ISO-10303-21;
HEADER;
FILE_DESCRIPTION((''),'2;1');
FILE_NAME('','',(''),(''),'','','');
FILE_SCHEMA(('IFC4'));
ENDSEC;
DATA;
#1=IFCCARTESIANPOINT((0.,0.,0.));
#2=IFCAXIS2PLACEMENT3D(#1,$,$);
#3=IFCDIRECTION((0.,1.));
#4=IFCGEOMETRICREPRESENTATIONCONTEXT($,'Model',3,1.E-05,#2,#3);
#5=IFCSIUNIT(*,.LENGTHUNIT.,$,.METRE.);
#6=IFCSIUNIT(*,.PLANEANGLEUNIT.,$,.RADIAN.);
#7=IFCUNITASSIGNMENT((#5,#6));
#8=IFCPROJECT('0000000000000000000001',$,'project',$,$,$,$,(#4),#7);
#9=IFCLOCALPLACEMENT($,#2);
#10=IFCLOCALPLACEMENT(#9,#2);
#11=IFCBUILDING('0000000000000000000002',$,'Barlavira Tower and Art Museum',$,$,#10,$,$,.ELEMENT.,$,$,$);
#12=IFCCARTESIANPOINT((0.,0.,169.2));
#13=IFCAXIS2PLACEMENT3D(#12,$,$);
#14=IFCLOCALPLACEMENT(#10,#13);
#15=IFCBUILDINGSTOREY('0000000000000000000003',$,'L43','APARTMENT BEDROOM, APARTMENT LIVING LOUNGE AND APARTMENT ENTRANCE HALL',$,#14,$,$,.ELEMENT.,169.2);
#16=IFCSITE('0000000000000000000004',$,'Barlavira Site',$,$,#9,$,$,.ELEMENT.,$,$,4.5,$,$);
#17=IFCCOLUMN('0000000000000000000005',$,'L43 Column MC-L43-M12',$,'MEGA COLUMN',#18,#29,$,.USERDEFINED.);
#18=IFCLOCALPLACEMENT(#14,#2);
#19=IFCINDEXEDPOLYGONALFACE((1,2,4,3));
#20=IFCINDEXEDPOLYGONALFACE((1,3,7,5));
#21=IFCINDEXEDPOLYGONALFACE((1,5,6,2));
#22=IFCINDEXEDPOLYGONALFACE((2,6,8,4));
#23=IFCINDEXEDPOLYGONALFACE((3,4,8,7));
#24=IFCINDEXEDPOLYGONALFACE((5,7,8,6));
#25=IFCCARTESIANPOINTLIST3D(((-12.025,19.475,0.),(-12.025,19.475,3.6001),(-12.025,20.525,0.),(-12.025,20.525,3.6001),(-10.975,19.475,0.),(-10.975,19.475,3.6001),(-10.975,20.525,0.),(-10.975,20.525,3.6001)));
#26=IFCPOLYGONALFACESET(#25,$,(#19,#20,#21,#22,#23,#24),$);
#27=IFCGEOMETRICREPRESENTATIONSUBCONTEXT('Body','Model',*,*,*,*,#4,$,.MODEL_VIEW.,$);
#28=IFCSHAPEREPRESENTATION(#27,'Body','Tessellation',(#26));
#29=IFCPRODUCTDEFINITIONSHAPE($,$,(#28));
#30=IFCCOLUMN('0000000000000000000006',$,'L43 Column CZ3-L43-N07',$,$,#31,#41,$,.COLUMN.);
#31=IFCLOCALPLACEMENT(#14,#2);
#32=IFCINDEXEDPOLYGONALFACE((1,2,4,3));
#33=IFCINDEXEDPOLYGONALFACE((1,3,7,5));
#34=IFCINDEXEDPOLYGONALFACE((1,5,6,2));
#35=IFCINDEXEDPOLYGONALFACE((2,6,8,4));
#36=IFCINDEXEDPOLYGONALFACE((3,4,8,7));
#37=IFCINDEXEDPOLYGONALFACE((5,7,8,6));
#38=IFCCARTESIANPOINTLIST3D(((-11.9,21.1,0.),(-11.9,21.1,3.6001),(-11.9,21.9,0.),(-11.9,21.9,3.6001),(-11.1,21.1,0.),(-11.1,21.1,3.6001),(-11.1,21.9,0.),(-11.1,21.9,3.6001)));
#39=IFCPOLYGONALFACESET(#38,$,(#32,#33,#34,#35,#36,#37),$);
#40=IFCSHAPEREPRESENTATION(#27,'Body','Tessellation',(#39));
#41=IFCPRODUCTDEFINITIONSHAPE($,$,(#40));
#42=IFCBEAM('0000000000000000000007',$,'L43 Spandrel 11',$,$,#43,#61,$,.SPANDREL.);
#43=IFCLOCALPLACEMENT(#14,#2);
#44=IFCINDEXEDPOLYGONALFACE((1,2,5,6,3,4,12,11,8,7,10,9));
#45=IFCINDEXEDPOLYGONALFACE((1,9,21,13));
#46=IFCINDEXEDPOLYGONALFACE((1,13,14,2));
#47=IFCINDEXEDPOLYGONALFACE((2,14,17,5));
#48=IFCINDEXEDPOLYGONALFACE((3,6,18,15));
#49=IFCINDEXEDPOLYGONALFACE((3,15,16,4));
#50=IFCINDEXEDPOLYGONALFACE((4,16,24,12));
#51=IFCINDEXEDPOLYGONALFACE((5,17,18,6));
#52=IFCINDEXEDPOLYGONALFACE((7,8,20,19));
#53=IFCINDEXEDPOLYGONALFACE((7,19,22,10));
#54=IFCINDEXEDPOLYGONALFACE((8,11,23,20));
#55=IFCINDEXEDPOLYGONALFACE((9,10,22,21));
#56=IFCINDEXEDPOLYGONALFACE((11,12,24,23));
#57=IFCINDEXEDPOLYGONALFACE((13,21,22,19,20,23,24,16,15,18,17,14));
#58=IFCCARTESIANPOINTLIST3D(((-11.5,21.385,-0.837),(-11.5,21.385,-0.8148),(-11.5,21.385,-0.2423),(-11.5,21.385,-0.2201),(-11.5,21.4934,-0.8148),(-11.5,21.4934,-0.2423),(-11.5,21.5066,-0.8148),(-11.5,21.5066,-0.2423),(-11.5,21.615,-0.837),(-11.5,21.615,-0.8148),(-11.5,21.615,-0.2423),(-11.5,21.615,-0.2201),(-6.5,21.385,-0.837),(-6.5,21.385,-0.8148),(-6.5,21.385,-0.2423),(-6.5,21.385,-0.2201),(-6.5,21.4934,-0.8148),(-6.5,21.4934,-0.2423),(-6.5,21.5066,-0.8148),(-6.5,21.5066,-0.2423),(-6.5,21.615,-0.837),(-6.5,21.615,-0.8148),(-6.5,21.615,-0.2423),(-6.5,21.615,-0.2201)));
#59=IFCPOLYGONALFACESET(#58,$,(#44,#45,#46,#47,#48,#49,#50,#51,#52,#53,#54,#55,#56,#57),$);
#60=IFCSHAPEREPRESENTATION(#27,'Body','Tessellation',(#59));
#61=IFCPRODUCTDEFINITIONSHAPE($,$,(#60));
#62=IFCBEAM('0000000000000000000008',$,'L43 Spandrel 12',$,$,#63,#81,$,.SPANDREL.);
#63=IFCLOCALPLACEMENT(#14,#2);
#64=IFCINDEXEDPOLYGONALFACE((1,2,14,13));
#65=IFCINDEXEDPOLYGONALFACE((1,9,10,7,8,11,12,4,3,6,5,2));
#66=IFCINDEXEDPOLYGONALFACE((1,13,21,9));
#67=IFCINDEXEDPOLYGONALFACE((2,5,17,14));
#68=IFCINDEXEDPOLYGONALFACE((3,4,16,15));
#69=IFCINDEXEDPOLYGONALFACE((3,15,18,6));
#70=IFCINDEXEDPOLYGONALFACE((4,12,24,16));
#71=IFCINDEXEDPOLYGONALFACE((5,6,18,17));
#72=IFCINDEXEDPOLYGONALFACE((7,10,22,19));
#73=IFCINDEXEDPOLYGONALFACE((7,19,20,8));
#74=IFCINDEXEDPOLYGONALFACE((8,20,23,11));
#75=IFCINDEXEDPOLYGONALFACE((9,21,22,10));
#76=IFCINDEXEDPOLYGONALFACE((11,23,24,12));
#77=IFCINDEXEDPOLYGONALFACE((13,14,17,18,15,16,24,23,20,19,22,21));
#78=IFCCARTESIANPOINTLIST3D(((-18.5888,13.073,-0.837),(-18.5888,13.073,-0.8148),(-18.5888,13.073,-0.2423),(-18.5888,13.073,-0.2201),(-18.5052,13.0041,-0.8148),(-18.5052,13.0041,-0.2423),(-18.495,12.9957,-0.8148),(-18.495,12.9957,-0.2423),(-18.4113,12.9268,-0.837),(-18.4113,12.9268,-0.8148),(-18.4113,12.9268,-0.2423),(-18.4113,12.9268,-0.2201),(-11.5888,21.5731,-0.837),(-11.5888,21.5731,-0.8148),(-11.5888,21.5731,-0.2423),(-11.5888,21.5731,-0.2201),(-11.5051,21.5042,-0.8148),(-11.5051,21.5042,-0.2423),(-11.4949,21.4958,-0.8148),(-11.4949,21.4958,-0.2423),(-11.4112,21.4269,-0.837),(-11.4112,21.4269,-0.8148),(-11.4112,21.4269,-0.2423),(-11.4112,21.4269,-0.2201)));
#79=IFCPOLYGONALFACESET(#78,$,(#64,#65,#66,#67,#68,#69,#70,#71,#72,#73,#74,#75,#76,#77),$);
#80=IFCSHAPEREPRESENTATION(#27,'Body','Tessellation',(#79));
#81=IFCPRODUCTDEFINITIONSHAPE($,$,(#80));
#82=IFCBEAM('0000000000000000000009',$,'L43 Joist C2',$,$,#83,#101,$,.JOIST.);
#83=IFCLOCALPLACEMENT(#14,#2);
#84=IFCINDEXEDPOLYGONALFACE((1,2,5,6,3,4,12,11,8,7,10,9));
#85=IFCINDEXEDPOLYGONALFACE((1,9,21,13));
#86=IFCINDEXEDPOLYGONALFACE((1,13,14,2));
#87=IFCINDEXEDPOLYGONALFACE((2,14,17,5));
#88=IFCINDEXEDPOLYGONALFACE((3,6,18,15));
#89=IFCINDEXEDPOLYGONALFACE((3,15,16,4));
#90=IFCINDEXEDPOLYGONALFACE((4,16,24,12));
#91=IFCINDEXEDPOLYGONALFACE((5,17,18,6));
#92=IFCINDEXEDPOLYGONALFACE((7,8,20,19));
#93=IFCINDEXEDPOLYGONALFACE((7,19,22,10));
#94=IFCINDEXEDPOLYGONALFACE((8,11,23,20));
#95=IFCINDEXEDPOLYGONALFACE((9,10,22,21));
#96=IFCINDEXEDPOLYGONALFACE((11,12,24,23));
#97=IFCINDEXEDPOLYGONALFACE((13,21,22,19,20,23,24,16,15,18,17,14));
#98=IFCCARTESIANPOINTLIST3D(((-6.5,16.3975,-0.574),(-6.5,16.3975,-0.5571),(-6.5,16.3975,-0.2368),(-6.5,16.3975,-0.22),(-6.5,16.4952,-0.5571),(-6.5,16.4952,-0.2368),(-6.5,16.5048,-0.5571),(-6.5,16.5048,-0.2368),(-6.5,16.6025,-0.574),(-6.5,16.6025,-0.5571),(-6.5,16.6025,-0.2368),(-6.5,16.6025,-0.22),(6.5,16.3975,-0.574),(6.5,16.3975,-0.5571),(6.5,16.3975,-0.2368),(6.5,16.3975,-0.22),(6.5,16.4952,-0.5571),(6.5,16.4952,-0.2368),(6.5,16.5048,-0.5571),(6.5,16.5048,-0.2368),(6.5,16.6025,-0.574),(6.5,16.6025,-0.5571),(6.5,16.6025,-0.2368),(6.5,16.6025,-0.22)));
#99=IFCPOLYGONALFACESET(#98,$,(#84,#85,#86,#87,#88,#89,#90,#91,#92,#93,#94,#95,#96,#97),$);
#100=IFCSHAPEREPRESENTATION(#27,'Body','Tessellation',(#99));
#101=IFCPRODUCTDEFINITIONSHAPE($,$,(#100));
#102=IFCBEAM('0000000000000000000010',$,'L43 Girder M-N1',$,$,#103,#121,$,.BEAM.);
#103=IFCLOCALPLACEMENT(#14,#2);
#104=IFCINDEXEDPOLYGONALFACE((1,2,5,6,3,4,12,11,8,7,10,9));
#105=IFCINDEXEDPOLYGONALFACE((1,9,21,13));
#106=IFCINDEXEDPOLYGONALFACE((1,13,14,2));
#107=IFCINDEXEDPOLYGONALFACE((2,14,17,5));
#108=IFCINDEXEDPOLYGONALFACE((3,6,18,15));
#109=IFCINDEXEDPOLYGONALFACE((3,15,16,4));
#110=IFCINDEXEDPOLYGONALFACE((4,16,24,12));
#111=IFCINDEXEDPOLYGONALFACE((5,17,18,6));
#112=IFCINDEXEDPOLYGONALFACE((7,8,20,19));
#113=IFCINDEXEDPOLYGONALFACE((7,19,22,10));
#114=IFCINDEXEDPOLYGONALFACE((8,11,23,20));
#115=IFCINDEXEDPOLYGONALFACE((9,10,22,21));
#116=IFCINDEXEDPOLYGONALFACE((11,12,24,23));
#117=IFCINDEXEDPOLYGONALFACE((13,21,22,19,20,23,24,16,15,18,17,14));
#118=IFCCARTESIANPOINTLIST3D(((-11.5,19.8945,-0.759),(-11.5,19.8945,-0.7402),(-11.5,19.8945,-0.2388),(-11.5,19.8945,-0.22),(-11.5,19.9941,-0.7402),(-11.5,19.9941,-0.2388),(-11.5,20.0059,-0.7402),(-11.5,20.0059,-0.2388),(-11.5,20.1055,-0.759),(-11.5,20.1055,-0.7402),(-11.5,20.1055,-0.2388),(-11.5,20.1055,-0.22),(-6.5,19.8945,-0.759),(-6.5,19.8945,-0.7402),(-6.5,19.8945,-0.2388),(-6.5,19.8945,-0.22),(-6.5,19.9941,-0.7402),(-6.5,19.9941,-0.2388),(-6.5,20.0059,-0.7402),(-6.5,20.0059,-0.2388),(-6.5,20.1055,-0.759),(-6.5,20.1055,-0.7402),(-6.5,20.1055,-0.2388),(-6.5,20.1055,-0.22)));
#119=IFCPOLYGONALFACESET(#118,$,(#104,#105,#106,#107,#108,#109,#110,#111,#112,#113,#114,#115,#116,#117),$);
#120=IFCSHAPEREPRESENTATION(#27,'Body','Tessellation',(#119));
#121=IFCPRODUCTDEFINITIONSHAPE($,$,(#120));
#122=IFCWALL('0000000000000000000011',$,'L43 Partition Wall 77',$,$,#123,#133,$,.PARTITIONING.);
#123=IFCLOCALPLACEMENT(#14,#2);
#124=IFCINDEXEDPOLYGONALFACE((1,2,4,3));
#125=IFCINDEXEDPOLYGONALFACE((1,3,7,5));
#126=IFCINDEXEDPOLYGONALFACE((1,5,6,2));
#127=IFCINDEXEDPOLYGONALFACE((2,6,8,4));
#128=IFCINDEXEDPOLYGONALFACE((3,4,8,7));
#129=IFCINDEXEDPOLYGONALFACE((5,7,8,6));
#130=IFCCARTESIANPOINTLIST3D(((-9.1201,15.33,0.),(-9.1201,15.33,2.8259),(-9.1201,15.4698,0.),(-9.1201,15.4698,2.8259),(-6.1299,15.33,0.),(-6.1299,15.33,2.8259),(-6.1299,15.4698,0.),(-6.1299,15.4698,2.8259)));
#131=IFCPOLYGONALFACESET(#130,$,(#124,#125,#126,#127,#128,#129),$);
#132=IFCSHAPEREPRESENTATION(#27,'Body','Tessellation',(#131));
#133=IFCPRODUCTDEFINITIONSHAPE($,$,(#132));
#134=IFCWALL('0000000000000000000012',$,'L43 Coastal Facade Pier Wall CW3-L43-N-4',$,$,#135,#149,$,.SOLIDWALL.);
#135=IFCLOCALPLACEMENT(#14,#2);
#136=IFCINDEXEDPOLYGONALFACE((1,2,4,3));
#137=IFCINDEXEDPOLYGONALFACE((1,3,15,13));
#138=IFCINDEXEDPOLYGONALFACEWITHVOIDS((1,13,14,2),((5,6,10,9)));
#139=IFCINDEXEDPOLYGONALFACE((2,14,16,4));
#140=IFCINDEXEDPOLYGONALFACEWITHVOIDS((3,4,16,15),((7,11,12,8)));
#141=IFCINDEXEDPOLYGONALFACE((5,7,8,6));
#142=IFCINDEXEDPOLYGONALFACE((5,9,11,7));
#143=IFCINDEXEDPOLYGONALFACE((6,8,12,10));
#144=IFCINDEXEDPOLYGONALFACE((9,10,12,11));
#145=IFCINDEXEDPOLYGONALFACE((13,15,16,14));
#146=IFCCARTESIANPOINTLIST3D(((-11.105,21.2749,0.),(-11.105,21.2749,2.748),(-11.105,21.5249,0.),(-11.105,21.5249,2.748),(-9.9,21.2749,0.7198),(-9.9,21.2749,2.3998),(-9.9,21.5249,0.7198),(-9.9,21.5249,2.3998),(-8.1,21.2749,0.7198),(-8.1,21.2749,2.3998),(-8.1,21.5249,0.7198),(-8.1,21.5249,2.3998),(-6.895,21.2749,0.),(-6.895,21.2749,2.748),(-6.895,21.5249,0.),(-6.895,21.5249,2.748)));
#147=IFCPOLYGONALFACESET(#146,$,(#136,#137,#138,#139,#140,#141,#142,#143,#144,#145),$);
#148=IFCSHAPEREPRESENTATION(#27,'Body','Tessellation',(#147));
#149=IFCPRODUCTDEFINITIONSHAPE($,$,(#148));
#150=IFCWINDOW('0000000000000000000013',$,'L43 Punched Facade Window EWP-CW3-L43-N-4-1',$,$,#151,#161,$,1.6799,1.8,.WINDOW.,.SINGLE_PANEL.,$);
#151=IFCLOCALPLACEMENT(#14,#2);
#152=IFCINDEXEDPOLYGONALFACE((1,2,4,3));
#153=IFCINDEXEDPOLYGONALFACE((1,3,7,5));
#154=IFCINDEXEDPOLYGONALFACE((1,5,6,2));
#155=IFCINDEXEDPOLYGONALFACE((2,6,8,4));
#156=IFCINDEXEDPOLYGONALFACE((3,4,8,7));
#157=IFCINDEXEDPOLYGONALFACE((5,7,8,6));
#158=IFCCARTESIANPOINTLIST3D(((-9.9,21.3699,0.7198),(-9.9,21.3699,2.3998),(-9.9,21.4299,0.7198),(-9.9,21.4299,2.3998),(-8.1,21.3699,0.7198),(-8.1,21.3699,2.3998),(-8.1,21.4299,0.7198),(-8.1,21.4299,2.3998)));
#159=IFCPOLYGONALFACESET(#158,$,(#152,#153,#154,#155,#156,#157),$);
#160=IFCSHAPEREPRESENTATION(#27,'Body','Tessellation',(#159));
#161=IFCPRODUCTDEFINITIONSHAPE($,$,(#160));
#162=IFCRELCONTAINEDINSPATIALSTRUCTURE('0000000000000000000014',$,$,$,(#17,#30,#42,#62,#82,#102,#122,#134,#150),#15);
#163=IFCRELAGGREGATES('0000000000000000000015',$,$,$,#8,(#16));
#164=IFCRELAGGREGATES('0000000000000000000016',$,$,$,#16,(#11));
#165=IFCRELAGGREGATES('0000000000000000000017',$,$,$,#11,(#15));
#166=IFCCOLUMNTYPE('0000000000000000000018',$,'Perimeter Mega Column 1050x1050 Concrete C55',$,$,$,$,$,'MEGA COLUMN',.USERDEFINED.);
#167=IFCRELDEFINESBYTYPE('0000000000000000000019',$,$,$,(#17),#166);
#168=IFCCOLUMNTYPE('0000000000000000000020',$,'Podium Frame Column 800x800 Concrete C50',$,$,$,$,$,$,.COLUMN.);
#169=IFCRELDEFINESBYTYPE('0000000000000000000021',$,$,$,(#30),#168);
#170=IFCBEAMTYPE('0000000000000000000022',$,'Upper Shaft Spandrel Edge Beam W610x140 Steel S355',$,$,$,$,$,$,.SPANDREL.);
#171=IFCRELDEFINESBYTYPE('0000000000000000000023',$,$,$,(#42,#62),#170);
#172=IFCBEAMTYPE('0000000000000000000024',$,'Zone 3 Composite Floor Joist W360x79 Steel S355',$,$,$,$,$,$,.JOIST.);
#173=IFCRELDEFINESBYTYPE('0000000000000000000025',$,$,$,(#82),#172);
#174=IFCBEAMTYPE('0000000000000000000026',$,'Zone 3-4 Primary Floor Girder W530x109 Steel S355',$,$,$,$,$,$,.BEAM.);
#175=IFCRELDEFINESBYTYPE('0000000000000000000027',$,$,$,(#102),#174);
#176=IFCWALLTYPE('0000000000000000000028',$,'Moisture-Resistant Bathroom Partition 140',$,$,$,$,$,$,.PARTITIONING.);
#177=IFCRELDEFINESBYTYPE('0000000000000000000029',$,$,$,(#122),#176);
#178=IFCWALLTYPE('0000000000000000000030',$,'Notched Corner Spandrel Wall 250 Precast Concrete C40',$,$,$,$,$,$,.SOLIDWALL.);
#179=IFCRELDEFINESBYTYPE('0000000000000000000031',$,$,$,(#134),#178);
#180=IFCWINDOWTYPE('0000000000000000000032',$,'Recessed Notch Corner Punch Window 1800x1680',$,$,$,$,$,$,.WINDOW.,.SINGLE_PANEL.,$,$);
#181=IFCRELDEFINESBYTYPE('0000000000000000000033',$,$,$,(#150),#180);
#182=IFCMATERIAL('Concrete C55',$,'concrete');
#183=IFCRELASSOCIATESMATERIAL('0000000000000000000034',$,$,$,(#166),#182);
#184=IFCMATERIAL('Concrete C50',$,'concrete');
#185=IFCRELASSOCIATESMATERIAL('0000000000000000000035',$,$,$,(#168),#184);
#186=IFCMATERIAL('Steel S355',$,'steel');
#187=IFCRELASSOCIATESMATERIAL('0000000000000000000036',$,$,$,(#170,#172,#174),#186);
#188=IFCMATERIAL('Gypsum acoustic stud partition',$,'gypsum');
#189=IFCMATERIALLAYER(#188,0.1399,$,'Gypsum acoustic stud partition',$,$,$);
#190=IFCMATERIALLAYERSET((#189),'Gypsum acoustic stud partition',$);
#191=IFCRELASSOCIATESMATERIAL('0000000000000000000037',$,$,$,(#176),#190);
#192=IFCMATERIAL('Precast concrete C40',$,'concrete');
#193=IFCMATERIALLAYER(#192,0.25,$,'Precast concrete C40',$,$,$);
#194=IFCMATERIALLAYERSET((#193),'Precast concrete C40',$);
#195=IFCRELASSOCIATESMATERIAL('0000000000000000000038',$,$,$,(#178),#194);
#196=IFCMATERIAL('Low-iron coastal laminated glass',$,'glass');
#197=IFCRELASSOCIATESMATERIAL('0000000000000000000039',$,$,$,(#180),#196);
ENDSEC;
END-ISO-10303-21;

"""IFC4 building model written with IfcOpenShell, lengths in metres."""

from ifc_helpers import new_model, si_unit, direction, frame, frame_2d, origin, origin_2d, place, context, subcontext, project, spatial, rectangle, i_section, extrude, material, layer, layer_set, material_profile, profile_set, type_object, element, fill, save


model = new_model("IFC4")

# Units and contexts
model_context = context("Model", 3, precision=1e-05, world=origin(), true_north=direction((0.0, 1.0)))
body_context = subcontext(model_context, "Body", "Model", "MODEL_VIEW")
ifc_project = project(units=[si_unit("LENGTHUNIT", "METRE"), si_unit("PLANEANGLEUNIT", "RADIAN")], contexts=[model_context])

# Site, building, storey
site_placement = place(None, origin())
site = spatial("IfcSite", under=ifc_project, at=site_placement, Name="Barlavira Site", CompositionType="ELEMENT", RefElevation=4.5)
building_placement = place(site_placement, origin())
building = spatial("IfcBuilding", under=site, at=building_placement, Name="Barlavira Tower and Art Museum", CompositionType="ELEMENT")
storey_placement = place(building_placement, frame((0.0, 0.0, 169.2)))
storey = spatial("IfcBuildingStorey", under=building, at=storey_placement, Name="L43", Description="APARTMENT BEDROOM, APARTMENT LIVING LOUNGE AND APARTMENT ENTRANCE HALL", CompositionType="ELEMENT", Elevation=169.2)

# Columns
ifc_material_1 = material(Name="Concrete C55", Category="concrete")
ifc_material_profile_1 = material_profile(ifc_material_1, rectangle(XDim=1.05, YDim=1.05, at=origin_2d()), Name="RC-COL 1050x1050")
ifc_profile_set_1 = profile_set([ifc_material_profile_1], Name="Concrete C55")
column_type_1 = type_object("IfcColumnType", Name="Perimeter Mega Column 1050x1050 Concrete C55", ElementType="MEGA COLUMN", PredefinedType="USERDEFINED", material=ifc_profile_set_1)
column_1_placement = place(storey_placement, frame((-11.5, 20.0, 0.0), z_axis=(0.0, 0.0, 1.0), x_axis=(1.0, 0.0, 0.0)))
element("IfcColumn", 1, at=column_1_placement, inside=storey, type_object=column_type_1, Name="L43 Column MC-L43-M12", ObjectType="MEGA COLUMN", PredefinedType="USERDEFINED", context=body_context, shape_type="SweptSolid", body=[
    extrude(rectangle(XDim=1.05, YDim=1.05, at=origin_2d()), origin(), (0.0, 0.0, 1.0), 3.6001),
])
ifc_material_2 = material(Name="Concrete C50", Category="concrete")
ifc_material_profile_2 = material_profile(ifc_material_2, rectangle(XDim=0.8, YDim=0.8, at=origin_2d()), Name="RC-COL 800x800")
ifc_profile_set_2 = profile_set([ifc_material_profile_2], Name="Concrete C50")
column_type_2 = type_object("IfcColumnType", Name="Podium Frame Column 800x800 Concrete C50", PredefinedType="COLUMN", material=ifc_profile_set_2)
column_2_placement = place(storey_placement, frame((-11.5, 21.5, 0.0), z_axis=(0.0, 0.0, 1.0), x_axis=(1.0, 0.0, 0.0)))
element("IfcColumn", 2, at=column_2_placement, inside=storey, type_object=column_type_2, Name="L43 Column CZ3-L43-N07", PredefinedType="COLUMN", context=body_context, shape_type="SweptSolid", body=[
    extrude(rectangle(XDim=0.8, YDim=0.8, at=origin_2d()), origin(), (0.0, 0.0, 1.0), 3.6001),
])

# Beams
ifc_material_3 = material(Name="Steel S355", Category="steel")
ifc_material_profile_3 = material_profile(ifc_material_3, i_section(OverallWidth=0.23, OverallDepth=0.6169, WebThickness=0.0132, FlangeThickness=0.0222, at=origin_2d()), Name="W610x140.0")
ifc_profile_set_3 = profile_set([ifc_material_profile_3], Name="Steel S355")
beam_type_1 = type_object("IfcBeamType", Name="Upper Shaft Spandrel Edge Beam W610x140 Steel S355", PredefinedType="SPANDREL", material=ifc_profile_set_3)
beam_1_placement = place(storey_placement, frame((-11.5, 21.5, -0.5286), z_axis=(1.0, 0.0, 0.0), x_axis=(0.0, 1.0, 0.0)))
element("IfcBeam", 3, at=beam_1_placement, inside=storey, type_object=beam_type_1, Name="L43 Spandrel 11", PredefinedType="SPANDREL", context=body_context, shape_type="SweptSolid", body=[
    extrude(i_section(OverallWidth=0.23, OverallDepth=0.6169, WebThickness=0.0132, FlangeThickness=0.0222, at=origin_2d()), origin(), (0.0, 0.0, 1.0), 5.0),
])
beam_2_placement = place(storey_placement, frame((-11.5, 21.5, -0.5286), z_axis=(-0.635707, -0.77193, 0.0), x_axis=(0.77193, -0.635707, 0.0)))
element("IfcBeam", 4, at=beam_2_placement, inside=storey, type_object=beam_type_1, Name="L43 Spandrel 12", PredefinedType="SPANDREL", context=body_context, shape_type="SweptSolid", body=[
    extrude(i_section(OverallWidth=0.23, OverallDepth=0.6169, WebThickness=0.0132, FlangeThickness=0.0222, at=origin_2d()), origin(), (0.0, 0.0, 1.0), 11.0115),
])
ifc_material_profile_4 = material_profile(ifc_material_3, i_section(OverallWidth=0.2051, OverallDepth=0.354, WebThickness=0.0095, FlangeThickness=0.0168, at=origin_2d()), Name="W360x79.0")
ifc_profile_set_4 = profile_set([ifc_material_profile_4], Name="Steel S355")
beam_type_2 = type_object("IfcBeamType", Name="Zone 3 Composite Floor Joist W360x79 Steel S355", PredefinedType="JOIST", material=ifc_profile_set_4)
beam_3_placement = place(storey_placement, frame((-6.5, 16.5, -0.397), z_axis=(1.0, 0.0, 0.0), x_axis=(0.0, 1.0, 0.0)))
element("IfcBeam", 5, at=beam_3_placement, inside=storey, type_object=beam_type_2, Name="L43 Joist C2", PredefinedType="JOIST", context=body_context, shape_type="SweptSolid", body=[
    extrude(i_section(OverallWidth=0.2051, OverallDepth=0.354, WebThickness=0.0095, FlangeThickness=0.0168, at=origin_2d()), origin(), (0.0, 0.0, 1.0), 13.0),
])
ifc_material_profile_5 = material_profile(ifc_material_3, i_section(OverallWidth=0.2109, OverallDepth=0.5391, WebThickness=0.0117, FlangeThickness=0.0188, at=origin_2d()), Name="W530x109.0")
ifc_profile_set_5 = profile_set([ifc_material_profile_5], Name="Steel S355")
beam_type_3 = type_object("IfcBeamType", Name="Zone 3-4 Primary Floor Girder W530x109 Steel S355", PredefinedType="BEAM", material=ifc_profile_set_5)
beam_4_placement = place(storey_placement, frame((-11.5, 20.0, -0.4895), z_axis=(1.0, 0.0, 0.0), x_axis=(0.0, 1.0, 0.0)))
element("IfcBeam", 6, at=beam_4_placement, inside=storey, type_object=beam_type_3, Name="L43 Girder M-N1", PredefinedType="BEAM", context=body_context, shape_type="SweptSolid", body=[
    extrude(i_section(OverallWidth=0.2109, OverallDepth=0.5391, WebThickness=0.0117, FlangeThickness=0.0188, at=origin_2d()), origin(), (0.0, 0.0, 1.0), 5.0),
])

# Wall
ifc_material_4 = material(Name="Gypsum acoustic stud partition", Category="gypsum")
ifc_layer_1 = layer(ifc_material_4, 0.1399, Name="Gypsum acoustic stud partition")
ifc_layer_set_1 = layer_set([ifc_layer_1], Name="Gypsum acoustic stud partition")
wall_type_1 = type_object("IfcWallType", Name="Moisture-Resistant Bathroom Partition 140", PredefinedType="PARTITIONING", material=ifc_layer_set_1)
wall_1_placement = place(storey_placement, frame((-9.1201, 15.3999, 0.0), z_axis=(0.0, 0.0, 1.0), x_axis=(1.0, 0.0, 0.0)))
element("IfcWall", 7, at=wall_1_placement, inside=storey, type_object=wall_type_1, Name="L43 Partition Wall 77", PredefinedType="PARTITIONING", context=body_context, shape_type="SweptSolid", body=[
    extrude(rectangle(XDim=2.9902, YDim=0.1399, at=frame_2d((1.4951, 0.0))), origin(), (0.0, 0.0, 1.0), 2.8259),
])

# Wall, opening, window
ifc_material_5 = material(Name="Precast concrete C40", Category="concrete")
ifc_layer_2 = layer(ifc_material_5, 0.25, Name="Precast concrete C40")
ifc_layer_set_2 = layer_set([ifc_layer_2], Name="Precast concrete C40")
wall_type_2 = type_object("IfcWallType", Name="Notched Corner Spandrel Wall 250 Precast Concrete C40", PredefinedType="SOLIDWALL", material=ifc_layer_set_2)
wall_2_placement = place(storey_placement, frame((-6.895, 21.3999, 0.0), z_axis=(0.0, 0.0, 1.0), x_axis=(-1.0, 0.0, 0.0)))
wall_2 = element("IfcWall", 8, at=wall_2_placement, inside=storey, type_object=wall_type_2, Name="L43 Coastal Facade Pier Wall CW3-L43-N-4", PredefinedType="SOLIDWALL", context=body_context, shape_type="SweptSolid", body=[
    extrude(rectangle(XDim=4.21, YDim=0.25, at=frame_2d((2.105, 0.0))), origin(), (0.0, 0.0, 1.0), 2.748),
])
opening_1_placement = place(wall_2_placement, frame((1.2051, 0.0, 0.72)))
opening_1 = element("IfcOpeningElement", 9, at=opening_1_placement, cuts=wall_2, PredefinedType="OPENING", context=body_context, shape_type="SweptSolid", body=[
    extrude(rectangle(XDim=1.8, YDim=1.6799, at=frame_2d((0.8999, 0.8398))), frame((0.0, 0.135, 0.0), z_axis=(0.0, -1.0, 0.0), x_axis=(1.0, 0.0, 0.0)), (0.0, 0.0, 1.0), 0.27),
])
ifc_material_6 = material(Name="Low-iron coastal laminated glass", Category="glass")
window_type_1 = type_object("IfcWindowType", Name="Recessed Notch Corner Punch Window 1800x1680", PartitioningType="SINGLE_PANEL", PredefinedType="WINDOW", material=ifc_material_6)
window_1_placement = place(opening_1_placement, origin())
window_1 = element("IfcWindow", 10, at=window_1_placement, inside=storey, type_object=window_type_1, Name="L43 Punched Facade Window EWP-CW3-L43-N-4-1", OverallHeight=1.6799, OverallWidth=1.8, PartitioningType="SINGLE_PANEL", PredefinedType="WINDOW", context=body_context, shape_type="SweptSolid", body=[
    extrude(rectangle(XDim=1.8, YDim=1.6799, at=frame_2d((0.8999, 0.8398))), frame((0.0, 0.03, 0.0), z_axis=(0.0, -1.0, 0.0), x_axis=(1.0, 0.0, 0.0)), (0.0, 0.0, 1.0), 0.0601),
])
fill(opening_1, window_1)

save(model, "model.ifc")
